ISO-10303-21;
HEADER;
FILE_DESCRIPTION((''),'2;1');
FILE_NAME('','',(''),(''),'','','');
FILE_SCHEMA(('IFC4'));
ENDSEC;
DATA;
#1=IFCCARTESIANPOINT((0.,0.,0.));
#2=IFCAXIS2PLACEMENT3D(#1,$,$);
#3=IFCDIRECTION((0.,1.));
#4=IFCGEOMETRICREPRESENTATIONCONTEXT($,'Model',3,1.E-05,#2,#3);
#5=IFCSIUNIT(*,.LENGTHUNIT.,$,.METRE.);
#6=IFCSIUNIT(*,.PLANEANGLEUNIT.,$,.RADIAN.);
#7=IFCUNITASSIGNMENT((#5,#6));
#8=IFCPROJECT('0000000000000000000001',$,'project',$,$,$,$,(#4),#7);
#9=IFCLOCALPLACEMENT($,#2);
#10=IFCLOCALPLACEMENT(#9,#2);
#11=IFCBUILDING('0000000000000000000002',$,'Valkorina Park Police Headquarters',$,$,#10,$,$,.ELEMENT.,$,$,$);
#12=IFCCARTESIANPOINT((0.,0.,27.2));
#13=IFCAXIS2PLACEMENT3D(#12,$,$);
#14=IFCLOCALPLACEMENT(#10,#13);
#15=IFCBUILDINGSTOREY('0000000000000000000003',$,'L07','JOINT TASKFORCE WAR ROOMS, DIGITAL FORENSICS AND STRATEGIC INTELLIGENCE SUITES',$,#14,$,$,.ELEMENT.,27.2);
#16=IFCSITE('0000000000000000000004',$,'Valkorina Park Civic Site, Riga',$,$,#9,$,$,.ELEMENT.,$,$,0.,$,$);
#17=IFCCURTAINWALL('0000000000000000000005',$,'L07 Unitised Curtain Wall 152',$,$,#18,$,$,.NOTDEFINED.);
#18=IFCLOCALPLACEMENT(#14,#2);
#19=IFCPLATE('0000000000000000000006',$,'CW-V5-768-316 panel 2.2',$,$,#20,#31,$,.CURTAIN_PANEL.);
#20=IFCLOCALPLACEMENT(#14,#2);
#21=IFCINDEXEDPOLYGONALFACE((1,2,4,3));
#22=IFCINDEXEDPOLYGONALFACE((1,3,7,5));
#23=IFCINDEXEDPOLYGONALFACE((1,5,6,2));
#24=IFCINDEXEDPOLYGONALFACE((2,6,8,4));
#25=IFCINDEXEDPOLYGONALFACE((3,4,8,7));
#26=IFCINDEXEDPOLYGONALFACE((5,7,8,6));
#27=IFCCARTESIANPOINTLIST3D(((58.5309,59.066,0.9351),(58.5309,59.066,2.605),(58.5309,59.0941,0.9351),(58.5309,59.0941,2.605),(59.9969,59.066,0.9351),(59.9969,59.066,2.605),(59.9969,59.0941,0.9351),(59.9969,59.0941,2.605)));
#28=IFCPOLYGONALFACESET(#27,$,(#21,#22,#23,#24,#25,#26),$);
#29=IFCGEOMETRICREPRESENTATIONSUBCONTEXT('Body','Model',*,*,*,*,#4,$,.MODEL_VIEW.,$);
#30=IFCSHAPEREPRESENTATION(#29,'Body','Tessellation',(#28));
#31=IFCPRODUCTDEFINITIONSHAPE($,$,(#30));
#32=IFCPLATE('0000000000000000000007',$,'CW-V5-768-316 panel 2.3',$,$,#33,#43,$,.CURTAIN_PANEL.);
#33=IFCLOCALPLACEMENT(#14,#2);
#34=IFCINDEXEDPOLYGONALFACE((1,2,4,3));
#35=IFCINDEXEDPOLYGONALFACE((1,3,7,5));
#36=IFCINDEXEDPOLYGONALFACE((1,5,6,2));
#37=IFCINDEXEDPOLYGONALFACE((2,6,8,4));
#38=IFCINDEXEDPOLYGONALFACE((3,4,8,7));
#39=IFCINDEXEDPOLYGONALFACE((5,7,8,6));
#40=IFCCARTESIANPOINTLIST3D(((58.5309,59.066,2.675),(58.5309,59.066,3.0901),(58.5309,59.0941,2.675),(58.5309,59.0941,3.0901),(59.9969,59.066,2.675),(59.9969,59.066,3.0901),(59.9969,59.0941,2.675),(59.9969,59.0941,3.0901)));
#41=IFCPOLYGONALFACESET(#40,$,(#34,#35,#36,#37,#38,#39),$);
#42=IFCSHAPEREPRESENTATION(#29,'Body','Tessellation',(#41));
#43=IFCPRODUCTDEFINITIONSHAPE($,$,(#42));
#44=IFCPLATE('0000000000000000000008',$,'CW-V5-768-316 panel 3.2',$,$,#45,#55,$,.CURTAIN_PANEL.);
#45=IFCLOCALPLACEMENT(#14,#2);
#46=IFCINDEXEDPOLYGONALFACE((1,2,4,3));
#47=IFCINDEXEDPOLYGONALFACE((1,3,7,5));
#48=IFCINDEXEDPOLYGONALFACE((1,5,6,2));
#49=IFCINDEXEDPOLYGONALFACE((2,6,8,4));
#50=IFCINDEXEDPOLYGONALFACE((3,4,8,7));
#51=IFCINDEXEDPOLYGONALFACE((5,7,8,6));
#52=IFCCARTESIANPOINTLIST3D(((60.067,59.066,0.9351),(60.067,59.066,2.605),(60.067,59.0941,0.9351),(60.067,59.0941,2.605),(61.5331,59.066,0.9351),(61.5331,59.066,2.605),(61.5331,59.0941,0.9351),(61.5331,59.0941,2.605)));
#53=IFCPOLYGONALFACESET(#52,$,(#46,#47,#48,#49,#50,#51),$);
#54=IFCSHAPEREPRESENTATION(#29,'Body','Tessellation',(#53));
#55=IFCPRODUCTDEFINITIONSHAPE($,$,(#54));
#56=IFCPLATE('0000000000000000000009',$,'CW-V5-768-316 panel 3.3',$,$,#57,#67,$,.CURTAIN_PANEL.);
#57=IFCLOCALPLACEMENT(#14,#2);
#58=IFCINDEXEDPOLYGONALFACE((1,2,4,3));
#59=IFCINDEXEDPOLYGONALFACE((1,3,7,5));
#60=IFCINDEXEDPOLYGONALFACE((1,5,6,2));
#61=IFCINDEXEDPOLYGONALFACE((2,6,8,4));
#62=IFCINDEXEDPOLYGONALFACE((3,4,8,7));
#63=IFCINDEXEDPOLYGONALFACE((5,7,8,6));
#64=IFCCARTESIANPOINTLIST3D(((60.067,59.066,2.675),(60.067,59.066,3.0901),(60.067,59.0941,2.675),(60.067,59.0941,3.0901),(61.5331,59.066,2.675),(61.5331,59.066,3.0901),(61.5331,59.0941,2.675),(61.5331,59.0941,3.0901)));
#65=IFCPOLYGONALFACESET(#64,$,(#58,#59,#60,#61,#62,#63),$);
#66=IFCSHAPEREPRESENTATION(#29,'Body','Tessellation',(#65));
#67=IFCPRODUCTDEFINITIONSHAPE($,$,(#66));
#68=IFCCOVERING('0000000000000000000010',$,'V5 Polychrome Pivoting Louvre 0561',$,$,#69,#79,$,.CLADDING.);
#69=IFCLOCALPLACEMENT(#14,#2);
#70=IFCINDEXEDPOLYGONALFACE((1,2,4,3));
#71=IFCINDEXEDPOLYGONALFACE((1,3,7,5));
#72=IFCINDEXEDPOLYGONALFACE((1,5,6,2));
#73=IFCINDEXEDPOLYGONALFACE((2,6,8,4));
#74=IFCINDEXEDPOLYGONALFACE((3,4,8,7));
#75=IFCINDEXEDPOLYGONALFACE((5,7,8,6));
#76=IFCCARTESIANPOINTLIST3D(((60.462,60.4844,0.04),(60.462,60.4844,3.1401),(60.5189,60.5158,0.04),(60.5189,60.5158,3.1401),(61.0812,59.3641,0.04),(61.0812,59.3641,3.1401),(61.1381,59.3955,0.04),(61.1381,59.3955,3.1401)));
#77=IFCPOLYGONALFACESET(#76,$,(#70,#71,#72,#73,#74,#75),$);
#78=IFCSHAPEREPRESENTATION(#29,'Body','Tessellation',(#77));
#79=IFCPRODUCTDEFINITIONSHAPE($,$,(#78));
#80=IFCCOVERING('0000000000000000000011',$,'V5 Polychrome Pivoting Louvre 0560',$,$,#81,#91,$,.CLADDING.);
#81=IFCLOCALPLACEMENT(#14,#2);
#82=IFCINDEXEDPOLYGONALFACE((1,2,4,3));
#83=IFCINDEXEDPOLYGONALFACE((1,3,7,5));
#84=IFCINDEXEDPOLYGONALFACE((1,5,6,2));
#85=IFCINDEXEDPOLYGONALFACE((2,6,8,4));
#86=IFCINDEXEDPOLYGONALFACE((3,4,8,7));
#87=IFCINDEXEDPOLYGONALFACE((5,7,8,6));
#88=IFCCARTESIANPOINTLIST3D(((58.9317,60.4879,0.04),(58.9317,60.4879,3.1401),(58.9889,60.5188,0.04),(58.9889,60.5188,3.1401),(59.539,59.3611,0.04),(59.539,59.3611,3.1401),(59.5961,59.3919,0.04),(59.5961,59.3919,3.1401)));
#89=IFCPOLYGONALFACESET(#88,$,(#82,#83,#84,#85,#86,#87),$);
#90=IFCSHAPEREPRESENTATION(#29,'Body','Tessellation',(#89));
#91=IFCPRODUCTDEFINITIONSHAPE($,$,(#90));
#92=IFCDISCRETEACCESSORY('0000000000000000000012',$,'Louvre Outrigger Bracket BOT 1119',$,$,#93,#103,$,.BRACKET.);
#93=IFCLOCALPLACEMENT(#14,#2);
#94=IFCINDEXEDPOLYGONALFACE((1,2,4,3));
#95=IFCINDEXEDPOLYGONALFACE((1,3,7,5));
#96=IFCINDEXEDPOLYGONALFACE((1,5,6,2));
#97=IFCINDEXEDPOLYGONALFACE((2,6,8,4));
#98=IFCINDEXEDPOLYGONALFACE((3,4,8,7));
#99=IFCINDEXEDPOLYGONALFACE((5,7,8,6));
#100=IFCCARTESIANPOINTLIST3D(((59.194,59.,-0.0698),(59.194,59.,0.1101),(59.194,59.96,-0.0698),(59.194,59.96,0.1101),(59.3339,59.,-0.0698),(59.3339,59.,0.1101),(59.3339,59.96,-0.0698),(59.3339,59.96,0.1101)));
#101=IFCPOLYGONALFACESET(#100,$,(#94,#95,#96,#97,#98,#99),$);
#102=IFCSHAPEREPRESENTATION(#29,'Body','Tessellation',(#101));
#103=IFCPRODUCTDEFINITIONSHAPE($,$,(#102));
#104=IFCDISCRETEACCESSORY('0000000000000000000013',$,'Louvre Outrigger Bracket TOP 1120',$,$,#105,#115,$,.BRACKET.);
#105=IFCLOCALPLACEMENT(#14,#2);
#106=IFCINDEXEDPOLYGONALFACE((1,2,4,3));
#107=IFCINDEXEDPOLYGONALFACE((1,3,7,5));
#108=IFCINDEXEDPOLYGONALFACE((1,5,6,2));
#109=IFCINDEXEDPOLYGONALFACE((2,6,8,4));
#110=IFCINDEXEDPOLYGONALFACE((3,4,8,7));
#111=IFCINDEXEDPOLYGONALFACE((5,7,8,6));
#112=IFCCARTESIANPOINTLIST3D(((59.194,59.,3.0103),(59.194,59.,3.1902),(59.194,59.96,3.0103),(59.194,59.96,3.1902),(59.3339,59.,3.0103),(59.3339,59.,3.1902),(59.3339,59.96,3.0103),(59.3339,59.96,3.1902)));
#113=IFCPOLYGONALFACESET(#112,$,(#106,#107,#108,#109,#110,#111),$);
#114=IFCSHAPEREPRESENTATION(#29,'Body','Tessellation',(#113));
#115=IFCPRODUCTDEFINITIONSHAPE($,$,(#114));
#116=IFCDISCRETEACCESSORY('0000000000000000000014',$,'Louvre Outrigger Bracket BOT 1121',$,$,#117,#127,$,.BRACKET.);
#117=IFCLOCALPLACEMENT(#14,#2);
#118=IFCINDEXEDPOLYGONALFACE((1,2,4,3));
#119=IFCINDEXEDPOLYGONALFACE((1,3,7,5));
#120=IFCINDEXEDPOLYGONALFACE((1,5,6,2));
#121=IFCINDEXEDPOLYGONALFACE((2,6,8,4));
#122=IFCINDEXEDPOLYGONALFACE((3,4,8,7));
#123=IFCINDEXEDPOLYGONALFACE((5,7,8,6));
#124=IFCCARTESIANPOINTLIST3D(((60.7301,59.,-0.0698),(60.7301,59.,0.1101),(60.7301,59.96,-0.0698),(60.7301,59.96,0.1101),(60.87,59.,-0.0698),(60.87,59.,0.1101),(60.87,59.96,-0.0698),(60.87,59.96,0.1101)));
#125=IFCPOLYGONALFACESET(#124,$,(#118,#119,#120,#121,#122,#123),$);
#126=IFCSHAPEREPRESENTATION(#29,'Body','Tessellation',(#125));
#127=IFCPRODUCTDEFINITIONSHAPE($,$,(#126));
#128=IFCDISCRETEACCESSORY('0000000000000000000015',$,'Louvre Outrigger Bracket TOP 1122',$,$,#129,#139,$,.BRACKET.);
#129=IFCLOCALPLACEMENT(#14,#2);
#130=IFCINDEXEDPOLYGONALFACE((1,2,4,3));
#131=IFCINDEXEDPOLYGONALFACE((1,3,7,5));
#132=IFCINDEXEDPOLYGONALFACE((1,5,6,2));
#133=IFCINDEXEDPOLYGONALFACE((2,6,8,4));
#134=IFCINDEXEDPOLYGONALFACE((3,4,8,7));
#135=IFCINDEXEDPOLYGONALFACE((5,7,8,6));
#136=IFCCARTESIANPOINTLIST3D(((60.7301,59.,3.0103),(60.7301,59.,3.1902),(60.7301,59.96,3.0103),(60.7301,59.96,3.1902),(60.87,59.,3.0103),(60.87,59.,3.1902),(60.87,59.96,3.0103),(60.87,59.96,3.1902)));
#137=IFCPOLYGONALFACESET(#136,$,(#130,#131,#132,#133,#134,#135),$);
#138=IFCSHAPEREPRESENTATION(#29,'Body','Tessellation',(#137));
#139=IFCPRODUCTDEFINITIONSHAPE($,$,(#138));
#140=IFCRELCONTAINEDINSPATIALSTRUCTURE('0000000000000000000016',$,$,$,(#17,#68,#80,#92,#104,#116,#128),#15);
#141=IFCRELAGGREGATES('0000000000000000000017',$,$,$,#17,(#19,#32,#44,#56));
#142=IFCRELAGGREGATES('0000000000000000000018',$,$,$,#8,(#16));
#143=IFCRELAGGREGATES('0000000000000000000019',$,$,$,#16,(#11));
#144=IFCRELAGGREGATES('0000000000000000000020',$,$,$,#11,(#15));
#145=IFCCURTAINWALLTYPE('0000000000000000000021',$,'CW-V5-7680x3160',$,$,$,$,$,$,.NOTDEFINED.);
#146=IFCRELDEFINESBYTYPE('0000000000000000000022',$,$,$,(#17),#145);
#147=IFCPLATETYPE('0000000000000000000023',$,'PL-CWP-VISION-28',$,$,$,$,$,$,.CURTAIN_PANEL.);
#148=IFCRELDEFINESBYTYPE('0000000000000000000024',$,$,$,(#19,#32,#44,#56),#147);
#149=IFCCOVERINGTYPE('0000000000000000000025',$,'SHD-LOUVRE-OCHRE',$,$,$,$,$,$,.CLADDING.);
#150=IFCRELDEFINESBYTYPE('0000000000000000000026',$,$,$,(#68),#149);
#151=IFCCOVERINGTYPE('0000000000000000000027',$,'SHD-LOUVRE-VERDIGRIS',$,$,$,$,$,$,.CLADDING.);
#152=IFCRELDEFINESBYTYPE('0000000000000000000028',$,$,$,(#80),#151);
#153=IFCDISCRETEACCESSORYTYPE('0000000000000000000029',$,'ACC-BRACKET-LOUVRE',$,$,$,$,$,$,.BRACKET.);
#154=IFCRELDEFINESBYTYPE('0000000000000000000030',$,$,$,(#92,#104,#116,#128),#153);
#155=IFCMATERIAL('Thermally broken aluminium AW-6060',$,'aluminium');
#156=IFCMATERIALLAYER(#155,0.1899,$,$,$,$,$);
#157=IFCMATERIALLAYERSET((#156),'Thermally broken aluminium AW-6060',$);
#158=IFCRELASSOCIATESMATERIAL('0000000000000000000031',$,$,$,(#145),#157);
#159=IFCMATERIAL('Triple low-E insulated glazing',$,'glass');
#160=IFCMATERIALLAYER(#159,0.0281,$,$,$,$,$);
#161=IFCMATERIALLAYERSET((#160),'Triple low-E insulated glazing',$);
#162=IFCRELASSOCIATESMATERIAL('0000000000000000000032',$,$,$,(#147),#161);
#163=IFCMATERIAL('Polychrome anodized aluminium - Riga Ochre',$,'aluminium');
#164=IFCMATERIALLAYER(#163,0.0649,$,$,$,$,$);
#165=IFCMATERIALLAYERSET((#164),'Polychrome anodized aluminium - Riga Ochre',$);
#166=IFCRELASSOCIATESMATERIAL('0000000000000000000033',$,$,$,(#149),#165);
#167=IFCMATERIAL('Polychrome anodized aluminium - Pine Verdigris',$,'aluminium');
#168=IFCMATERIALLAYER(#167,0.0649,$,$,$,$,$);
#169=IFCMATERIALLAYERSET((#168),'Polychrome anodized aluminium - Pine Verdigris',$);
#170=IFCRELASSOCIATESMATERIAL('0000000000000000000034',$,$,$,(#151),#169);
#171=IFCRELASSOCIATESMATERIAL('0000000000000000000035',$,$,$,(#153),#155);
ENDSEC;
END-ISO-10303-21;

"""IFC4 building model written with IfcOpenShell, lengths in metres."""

from ifc_helpers import new_model, si_unit, direction, frame, origin, origin_2d, place, context, subcontext, project, spatial, rectangle, extrude, material, layer, layer_set, type_object, element, aggregate, save


model = new_model("IFC4")

# Units and contexts
model_context = context("Model", 3, precision=1e-05, world=origin(), true_north=direction((0.0, 1.0)))
body_context = subcontext(model_context, "Body", "Model", "MODEL_VIEW")
ifc_project = project(units=[si_unit("LENGTHUNIT", "METRE"), si_unit("PLANEANGLEUNIT", "RADIAN")], contexts=[model_context])

# Site, building, storey
site_placement = place(None, origin())
site = spatial("IfcSite", under=ifc_project, at=site_placement, Name="Valkorina Park Civic Site, Riga", CompositionType="ELEMENT", RefElevation=0.0)
building_placement = place(site_placement, origin())
building = spatial("IfcBuilding", under=site, at=building_placement, Name="Valkorina Park Police Headquarters", CompositionType="ELEMENT")
storey_placement = place(building_placement, frame((0.0, 0.0, 27.2)))
storey = spatial("IfcBuildingStorey", under=building, at=storey_placement, Name="L07", Description="JOINT TASKFORCE WAR ROOMS, DIGITAL FORENSICS AND STRATEGIC INTELLIGENCE SUITES", CompositionType="ELEMENT", Elevation=27.2)

# Curtain wall, plates
ifc_material_1 = material(Name="Thermally broken aluminium AW-6060", Category="aluminium")
ifc_layer_1 = layer(ifc_material_1, 0.1899)
ifc_layer_set_1 = layer_set([ifc_layer_1], Name="Thermally broken aluminium AW-6060")
curtain_wall_type = type_object("IfcCurtainWallType", Name="CW-V5-7680x3160", PredefinedType="NOTDEFINED", material=ifc_layer_set_1)
curtain_wall_placement = place(storey_placement, origin())
curtain_wall = element("IfcCurtainWall", 1, at=curtain_wall_placement, inside=storey, type_object=curtain_wall_type, Name="L07 Unitised Curtain Wall 152", PredefinedType="NOTDEFINED")
ifc_material_2 = material(Name="Triple low-E insulated glazing", Category="glass")
ifc_layer_2 = layer(ifc_material_2, 0.0281)
ifc_layer_set_2 = layer_set([ifc_layer_2], Name="Triple low-E insulated glazing")
plate_type_1 = type_object("IfcPlateType", Name="PL-CWP-VISION-28", PredefinedType="CURTAIN_PANEL", material=ifc_layer_set_2)
plate_1_placement = place(storey_placement, frame((59.2639, 59.0801, 0.9351), z_axis=(0.0, 0.0, 1.0), x_axis=(1.0, 0.0, 0.0)))
plate_1 = element("IfcPlate", 2, at=plate_1_placement, type_object=plate_type_1, Name="CW-V5-768-316 panel 2.2", PredefinedType="CURTAIN_PANEL", context=body_context, shape_type="SweptSolid", body=[
    extrude(rectangle(XDim=1.4661, YDim=0.0281, at=origin_2d()), origin(), (0.0, 0.0, 1.0), 1.6699),
])
plate_2_placement = place(storey_placement, frame((59.2639, 59.0801, 2.675), z_axis=(0.0, 0.0, 1.0), x_axis=(1.0, 0.0, 0.0)))
plate_2 = element("IfcPlate", 3, at=plate_2_placement, type_object=plate_type_1, Name="CW-V5-768-316 panel 2.3", PredefinedType="CURTAIN_PANEL", context=body_context, shape_type="SweptSolid", body=[
    extrude(rectangle(XDim=1.4661, YDim=0.0281, at=origin_2d()), origin(), (0.0, 0.0, 1.0), 0.415),
])
plate_3_placement = place(storey_placement, frame((60.8, 59.0801, 0.9351), z_axis=(0.0, 0.0, 1.0), x_axis=(1.0, 0.0, 0.0)))
plate_3 = element("IfcPlate", 4, at=plate_3_placement, type_object=plate_type_1, Name="CW-V5-768-316 panel 3.2", PredefinedType="CURTAIN_PANEL", context=body_context, shape_type="SweptSolid", body=[
    extrude(rectangle(XDim=1.4661, YDim=0.0281, at=origin_2d()), origin(), (0.0, 0.0, 1.0), 1.6699),
])
plate_4_placement = place(storey_placement, frame((60.8, 59.0801, 2.675), z_axis=(0.0, 0.0, 1.0), x_axis=(1.0, 0.0, 0.0)))
plate_4 = element("IfcPlate", 5, at=plate_4_placement, type_object=plate_type_1, Name="CW-V5-768-316 panel 3.3", PredefinedType="CURTAIN_PANEL", context=body_context, shape_type="SweptSolid", body=[
    extrude(rectangle(XDim=1.4661, YDim=0.0281, at=origin_2d()), origin(), (0.0, 0.0, 1.0), 0.415),
])
aggregate(curtain_wall, [plate_1, plate_2, plate_3, plate_4])

# Coverings
ifc_material_3 = material(Name="Polychrome anodized aluminium - Riga Ochre", Category="aluminium")
ifc_layer_3 = layer(ifc_material_3, 0.0649)
ifc_layer_set_3 = layer_set([ifc_layer_3], Name="Polychrome anodized aluminium - Riga Ochre")
covering_type_1 = type_object("IfcCoveringType", Name="SHD-LOUVRE-OCHRE", PredefinedType="CLADDING", material=ifc_layer_set_3)
covering_1_placement = place(storey_placement, frame((60.8, 59.9399, 0.04), z_axis=(0.0, 0.0, 1.0), x_axis=(-0.483741, 0.875211, 0.0)))
element("IfcCovering", 6, at=covering_1_placement, inside=storey, type_object=covering_type_1, Name="V5 Polychrome Pivoting Louvre 0561", PredefinedType="CLADDING", context=body_context, shape_type="SweptSolid", body=[
    extrude(rectangle(XDim=1.28, YDim=0.0649, at=origin_2d()), origin(), (0.0, 0.0, 1.0), 3.1001),
])
ifc_material_4 = material(Name="Polychrome anodized aluminium - Pine Verdigris", Category="aluminium")
ifc_layer_4 = layer(ifc_material_4, 0.0649)
ifc_layer_set_4 = layer_set([ifc_layer_4], Name="Polychrome anodized aluminium - Pine Verdigris")
covering_type_2 = type_object("IfcCoveringType", Name="SHD-LOUVRE-VERDIGRIS", PredefinedType="CLADDING", material=ifc_layer_set_4)
covering_2_placement = place(storey_placement, frame((59.2639, 59.9399, 0.04), z_axis=(0.0, 0.0, 1.0), x_axis=(-0.474396, 0.880312, 0.0)))
element("IfcCovering", 7, at=covering_2_placement, inside=storey, type_object=covering_type_2, Name="V5 Polychrome Pivoting Louvre 0560", PredefinedType="CLADDING", context=body_context, shape_type="SweptSolid", body=[
    extrude(rectangle(XDim=1.28, YDim=0.0649, at=origin_2d()), origin(), (0.0, 0.0, 1.0), 3.1001),
])

# Discrete accessories
discrete_accessory_type = type_object("IfcDiscreteAccessoryType", Name="ACC-BRACKET-LOUVRE", PredefinedType="BRACKET", material=ifc_material_1)
for number, where, z_axis, x_axis, name in (
    (8, (59.2639, 59.48, -0.0698), (0.0, 0.0, 1.0), (0.0, 1.0, 0.0), "Louvre Outrigger Bracket BOT 1119"),
    (9, (59.2639, 59.48, 3.0103), (0.0, 0.0, 1.0), (0.0, 1.0, 0.0), "Louvre Outrigger Bracket TOP 1120"),
    (10, (60.8, 59.48, -0.0698), (0.0, 0.0, 1.0), (0.0, 1.0, 0.0), "Louvre Outrigger Bracket BOT 1121"),
    (11, (60.8, 59.48, 3.0103), (0.0, 0.0, 1.0), (0.0, 1.0, 0.0), "Louvre Outrigger Bracket TOP 1122"),
):
    element("IfcDiscreteAccessory", number, at=place(storey_placement, frame(where, z_axis=z_axis, x_axis=x_axis)), inside=storey, type_object=discrete_accessory_type, Name=name, PredefinedType="BRACKET", context=body_context, shape_type="SweptSolid", body=[
        extrude(rectangle(XDim=0.96, YDim=0.1399, at=origin_2d()), origin(), (0.0, 0.0, 1.0), 0.1799),
    ])

save(model, "model.ifc")
